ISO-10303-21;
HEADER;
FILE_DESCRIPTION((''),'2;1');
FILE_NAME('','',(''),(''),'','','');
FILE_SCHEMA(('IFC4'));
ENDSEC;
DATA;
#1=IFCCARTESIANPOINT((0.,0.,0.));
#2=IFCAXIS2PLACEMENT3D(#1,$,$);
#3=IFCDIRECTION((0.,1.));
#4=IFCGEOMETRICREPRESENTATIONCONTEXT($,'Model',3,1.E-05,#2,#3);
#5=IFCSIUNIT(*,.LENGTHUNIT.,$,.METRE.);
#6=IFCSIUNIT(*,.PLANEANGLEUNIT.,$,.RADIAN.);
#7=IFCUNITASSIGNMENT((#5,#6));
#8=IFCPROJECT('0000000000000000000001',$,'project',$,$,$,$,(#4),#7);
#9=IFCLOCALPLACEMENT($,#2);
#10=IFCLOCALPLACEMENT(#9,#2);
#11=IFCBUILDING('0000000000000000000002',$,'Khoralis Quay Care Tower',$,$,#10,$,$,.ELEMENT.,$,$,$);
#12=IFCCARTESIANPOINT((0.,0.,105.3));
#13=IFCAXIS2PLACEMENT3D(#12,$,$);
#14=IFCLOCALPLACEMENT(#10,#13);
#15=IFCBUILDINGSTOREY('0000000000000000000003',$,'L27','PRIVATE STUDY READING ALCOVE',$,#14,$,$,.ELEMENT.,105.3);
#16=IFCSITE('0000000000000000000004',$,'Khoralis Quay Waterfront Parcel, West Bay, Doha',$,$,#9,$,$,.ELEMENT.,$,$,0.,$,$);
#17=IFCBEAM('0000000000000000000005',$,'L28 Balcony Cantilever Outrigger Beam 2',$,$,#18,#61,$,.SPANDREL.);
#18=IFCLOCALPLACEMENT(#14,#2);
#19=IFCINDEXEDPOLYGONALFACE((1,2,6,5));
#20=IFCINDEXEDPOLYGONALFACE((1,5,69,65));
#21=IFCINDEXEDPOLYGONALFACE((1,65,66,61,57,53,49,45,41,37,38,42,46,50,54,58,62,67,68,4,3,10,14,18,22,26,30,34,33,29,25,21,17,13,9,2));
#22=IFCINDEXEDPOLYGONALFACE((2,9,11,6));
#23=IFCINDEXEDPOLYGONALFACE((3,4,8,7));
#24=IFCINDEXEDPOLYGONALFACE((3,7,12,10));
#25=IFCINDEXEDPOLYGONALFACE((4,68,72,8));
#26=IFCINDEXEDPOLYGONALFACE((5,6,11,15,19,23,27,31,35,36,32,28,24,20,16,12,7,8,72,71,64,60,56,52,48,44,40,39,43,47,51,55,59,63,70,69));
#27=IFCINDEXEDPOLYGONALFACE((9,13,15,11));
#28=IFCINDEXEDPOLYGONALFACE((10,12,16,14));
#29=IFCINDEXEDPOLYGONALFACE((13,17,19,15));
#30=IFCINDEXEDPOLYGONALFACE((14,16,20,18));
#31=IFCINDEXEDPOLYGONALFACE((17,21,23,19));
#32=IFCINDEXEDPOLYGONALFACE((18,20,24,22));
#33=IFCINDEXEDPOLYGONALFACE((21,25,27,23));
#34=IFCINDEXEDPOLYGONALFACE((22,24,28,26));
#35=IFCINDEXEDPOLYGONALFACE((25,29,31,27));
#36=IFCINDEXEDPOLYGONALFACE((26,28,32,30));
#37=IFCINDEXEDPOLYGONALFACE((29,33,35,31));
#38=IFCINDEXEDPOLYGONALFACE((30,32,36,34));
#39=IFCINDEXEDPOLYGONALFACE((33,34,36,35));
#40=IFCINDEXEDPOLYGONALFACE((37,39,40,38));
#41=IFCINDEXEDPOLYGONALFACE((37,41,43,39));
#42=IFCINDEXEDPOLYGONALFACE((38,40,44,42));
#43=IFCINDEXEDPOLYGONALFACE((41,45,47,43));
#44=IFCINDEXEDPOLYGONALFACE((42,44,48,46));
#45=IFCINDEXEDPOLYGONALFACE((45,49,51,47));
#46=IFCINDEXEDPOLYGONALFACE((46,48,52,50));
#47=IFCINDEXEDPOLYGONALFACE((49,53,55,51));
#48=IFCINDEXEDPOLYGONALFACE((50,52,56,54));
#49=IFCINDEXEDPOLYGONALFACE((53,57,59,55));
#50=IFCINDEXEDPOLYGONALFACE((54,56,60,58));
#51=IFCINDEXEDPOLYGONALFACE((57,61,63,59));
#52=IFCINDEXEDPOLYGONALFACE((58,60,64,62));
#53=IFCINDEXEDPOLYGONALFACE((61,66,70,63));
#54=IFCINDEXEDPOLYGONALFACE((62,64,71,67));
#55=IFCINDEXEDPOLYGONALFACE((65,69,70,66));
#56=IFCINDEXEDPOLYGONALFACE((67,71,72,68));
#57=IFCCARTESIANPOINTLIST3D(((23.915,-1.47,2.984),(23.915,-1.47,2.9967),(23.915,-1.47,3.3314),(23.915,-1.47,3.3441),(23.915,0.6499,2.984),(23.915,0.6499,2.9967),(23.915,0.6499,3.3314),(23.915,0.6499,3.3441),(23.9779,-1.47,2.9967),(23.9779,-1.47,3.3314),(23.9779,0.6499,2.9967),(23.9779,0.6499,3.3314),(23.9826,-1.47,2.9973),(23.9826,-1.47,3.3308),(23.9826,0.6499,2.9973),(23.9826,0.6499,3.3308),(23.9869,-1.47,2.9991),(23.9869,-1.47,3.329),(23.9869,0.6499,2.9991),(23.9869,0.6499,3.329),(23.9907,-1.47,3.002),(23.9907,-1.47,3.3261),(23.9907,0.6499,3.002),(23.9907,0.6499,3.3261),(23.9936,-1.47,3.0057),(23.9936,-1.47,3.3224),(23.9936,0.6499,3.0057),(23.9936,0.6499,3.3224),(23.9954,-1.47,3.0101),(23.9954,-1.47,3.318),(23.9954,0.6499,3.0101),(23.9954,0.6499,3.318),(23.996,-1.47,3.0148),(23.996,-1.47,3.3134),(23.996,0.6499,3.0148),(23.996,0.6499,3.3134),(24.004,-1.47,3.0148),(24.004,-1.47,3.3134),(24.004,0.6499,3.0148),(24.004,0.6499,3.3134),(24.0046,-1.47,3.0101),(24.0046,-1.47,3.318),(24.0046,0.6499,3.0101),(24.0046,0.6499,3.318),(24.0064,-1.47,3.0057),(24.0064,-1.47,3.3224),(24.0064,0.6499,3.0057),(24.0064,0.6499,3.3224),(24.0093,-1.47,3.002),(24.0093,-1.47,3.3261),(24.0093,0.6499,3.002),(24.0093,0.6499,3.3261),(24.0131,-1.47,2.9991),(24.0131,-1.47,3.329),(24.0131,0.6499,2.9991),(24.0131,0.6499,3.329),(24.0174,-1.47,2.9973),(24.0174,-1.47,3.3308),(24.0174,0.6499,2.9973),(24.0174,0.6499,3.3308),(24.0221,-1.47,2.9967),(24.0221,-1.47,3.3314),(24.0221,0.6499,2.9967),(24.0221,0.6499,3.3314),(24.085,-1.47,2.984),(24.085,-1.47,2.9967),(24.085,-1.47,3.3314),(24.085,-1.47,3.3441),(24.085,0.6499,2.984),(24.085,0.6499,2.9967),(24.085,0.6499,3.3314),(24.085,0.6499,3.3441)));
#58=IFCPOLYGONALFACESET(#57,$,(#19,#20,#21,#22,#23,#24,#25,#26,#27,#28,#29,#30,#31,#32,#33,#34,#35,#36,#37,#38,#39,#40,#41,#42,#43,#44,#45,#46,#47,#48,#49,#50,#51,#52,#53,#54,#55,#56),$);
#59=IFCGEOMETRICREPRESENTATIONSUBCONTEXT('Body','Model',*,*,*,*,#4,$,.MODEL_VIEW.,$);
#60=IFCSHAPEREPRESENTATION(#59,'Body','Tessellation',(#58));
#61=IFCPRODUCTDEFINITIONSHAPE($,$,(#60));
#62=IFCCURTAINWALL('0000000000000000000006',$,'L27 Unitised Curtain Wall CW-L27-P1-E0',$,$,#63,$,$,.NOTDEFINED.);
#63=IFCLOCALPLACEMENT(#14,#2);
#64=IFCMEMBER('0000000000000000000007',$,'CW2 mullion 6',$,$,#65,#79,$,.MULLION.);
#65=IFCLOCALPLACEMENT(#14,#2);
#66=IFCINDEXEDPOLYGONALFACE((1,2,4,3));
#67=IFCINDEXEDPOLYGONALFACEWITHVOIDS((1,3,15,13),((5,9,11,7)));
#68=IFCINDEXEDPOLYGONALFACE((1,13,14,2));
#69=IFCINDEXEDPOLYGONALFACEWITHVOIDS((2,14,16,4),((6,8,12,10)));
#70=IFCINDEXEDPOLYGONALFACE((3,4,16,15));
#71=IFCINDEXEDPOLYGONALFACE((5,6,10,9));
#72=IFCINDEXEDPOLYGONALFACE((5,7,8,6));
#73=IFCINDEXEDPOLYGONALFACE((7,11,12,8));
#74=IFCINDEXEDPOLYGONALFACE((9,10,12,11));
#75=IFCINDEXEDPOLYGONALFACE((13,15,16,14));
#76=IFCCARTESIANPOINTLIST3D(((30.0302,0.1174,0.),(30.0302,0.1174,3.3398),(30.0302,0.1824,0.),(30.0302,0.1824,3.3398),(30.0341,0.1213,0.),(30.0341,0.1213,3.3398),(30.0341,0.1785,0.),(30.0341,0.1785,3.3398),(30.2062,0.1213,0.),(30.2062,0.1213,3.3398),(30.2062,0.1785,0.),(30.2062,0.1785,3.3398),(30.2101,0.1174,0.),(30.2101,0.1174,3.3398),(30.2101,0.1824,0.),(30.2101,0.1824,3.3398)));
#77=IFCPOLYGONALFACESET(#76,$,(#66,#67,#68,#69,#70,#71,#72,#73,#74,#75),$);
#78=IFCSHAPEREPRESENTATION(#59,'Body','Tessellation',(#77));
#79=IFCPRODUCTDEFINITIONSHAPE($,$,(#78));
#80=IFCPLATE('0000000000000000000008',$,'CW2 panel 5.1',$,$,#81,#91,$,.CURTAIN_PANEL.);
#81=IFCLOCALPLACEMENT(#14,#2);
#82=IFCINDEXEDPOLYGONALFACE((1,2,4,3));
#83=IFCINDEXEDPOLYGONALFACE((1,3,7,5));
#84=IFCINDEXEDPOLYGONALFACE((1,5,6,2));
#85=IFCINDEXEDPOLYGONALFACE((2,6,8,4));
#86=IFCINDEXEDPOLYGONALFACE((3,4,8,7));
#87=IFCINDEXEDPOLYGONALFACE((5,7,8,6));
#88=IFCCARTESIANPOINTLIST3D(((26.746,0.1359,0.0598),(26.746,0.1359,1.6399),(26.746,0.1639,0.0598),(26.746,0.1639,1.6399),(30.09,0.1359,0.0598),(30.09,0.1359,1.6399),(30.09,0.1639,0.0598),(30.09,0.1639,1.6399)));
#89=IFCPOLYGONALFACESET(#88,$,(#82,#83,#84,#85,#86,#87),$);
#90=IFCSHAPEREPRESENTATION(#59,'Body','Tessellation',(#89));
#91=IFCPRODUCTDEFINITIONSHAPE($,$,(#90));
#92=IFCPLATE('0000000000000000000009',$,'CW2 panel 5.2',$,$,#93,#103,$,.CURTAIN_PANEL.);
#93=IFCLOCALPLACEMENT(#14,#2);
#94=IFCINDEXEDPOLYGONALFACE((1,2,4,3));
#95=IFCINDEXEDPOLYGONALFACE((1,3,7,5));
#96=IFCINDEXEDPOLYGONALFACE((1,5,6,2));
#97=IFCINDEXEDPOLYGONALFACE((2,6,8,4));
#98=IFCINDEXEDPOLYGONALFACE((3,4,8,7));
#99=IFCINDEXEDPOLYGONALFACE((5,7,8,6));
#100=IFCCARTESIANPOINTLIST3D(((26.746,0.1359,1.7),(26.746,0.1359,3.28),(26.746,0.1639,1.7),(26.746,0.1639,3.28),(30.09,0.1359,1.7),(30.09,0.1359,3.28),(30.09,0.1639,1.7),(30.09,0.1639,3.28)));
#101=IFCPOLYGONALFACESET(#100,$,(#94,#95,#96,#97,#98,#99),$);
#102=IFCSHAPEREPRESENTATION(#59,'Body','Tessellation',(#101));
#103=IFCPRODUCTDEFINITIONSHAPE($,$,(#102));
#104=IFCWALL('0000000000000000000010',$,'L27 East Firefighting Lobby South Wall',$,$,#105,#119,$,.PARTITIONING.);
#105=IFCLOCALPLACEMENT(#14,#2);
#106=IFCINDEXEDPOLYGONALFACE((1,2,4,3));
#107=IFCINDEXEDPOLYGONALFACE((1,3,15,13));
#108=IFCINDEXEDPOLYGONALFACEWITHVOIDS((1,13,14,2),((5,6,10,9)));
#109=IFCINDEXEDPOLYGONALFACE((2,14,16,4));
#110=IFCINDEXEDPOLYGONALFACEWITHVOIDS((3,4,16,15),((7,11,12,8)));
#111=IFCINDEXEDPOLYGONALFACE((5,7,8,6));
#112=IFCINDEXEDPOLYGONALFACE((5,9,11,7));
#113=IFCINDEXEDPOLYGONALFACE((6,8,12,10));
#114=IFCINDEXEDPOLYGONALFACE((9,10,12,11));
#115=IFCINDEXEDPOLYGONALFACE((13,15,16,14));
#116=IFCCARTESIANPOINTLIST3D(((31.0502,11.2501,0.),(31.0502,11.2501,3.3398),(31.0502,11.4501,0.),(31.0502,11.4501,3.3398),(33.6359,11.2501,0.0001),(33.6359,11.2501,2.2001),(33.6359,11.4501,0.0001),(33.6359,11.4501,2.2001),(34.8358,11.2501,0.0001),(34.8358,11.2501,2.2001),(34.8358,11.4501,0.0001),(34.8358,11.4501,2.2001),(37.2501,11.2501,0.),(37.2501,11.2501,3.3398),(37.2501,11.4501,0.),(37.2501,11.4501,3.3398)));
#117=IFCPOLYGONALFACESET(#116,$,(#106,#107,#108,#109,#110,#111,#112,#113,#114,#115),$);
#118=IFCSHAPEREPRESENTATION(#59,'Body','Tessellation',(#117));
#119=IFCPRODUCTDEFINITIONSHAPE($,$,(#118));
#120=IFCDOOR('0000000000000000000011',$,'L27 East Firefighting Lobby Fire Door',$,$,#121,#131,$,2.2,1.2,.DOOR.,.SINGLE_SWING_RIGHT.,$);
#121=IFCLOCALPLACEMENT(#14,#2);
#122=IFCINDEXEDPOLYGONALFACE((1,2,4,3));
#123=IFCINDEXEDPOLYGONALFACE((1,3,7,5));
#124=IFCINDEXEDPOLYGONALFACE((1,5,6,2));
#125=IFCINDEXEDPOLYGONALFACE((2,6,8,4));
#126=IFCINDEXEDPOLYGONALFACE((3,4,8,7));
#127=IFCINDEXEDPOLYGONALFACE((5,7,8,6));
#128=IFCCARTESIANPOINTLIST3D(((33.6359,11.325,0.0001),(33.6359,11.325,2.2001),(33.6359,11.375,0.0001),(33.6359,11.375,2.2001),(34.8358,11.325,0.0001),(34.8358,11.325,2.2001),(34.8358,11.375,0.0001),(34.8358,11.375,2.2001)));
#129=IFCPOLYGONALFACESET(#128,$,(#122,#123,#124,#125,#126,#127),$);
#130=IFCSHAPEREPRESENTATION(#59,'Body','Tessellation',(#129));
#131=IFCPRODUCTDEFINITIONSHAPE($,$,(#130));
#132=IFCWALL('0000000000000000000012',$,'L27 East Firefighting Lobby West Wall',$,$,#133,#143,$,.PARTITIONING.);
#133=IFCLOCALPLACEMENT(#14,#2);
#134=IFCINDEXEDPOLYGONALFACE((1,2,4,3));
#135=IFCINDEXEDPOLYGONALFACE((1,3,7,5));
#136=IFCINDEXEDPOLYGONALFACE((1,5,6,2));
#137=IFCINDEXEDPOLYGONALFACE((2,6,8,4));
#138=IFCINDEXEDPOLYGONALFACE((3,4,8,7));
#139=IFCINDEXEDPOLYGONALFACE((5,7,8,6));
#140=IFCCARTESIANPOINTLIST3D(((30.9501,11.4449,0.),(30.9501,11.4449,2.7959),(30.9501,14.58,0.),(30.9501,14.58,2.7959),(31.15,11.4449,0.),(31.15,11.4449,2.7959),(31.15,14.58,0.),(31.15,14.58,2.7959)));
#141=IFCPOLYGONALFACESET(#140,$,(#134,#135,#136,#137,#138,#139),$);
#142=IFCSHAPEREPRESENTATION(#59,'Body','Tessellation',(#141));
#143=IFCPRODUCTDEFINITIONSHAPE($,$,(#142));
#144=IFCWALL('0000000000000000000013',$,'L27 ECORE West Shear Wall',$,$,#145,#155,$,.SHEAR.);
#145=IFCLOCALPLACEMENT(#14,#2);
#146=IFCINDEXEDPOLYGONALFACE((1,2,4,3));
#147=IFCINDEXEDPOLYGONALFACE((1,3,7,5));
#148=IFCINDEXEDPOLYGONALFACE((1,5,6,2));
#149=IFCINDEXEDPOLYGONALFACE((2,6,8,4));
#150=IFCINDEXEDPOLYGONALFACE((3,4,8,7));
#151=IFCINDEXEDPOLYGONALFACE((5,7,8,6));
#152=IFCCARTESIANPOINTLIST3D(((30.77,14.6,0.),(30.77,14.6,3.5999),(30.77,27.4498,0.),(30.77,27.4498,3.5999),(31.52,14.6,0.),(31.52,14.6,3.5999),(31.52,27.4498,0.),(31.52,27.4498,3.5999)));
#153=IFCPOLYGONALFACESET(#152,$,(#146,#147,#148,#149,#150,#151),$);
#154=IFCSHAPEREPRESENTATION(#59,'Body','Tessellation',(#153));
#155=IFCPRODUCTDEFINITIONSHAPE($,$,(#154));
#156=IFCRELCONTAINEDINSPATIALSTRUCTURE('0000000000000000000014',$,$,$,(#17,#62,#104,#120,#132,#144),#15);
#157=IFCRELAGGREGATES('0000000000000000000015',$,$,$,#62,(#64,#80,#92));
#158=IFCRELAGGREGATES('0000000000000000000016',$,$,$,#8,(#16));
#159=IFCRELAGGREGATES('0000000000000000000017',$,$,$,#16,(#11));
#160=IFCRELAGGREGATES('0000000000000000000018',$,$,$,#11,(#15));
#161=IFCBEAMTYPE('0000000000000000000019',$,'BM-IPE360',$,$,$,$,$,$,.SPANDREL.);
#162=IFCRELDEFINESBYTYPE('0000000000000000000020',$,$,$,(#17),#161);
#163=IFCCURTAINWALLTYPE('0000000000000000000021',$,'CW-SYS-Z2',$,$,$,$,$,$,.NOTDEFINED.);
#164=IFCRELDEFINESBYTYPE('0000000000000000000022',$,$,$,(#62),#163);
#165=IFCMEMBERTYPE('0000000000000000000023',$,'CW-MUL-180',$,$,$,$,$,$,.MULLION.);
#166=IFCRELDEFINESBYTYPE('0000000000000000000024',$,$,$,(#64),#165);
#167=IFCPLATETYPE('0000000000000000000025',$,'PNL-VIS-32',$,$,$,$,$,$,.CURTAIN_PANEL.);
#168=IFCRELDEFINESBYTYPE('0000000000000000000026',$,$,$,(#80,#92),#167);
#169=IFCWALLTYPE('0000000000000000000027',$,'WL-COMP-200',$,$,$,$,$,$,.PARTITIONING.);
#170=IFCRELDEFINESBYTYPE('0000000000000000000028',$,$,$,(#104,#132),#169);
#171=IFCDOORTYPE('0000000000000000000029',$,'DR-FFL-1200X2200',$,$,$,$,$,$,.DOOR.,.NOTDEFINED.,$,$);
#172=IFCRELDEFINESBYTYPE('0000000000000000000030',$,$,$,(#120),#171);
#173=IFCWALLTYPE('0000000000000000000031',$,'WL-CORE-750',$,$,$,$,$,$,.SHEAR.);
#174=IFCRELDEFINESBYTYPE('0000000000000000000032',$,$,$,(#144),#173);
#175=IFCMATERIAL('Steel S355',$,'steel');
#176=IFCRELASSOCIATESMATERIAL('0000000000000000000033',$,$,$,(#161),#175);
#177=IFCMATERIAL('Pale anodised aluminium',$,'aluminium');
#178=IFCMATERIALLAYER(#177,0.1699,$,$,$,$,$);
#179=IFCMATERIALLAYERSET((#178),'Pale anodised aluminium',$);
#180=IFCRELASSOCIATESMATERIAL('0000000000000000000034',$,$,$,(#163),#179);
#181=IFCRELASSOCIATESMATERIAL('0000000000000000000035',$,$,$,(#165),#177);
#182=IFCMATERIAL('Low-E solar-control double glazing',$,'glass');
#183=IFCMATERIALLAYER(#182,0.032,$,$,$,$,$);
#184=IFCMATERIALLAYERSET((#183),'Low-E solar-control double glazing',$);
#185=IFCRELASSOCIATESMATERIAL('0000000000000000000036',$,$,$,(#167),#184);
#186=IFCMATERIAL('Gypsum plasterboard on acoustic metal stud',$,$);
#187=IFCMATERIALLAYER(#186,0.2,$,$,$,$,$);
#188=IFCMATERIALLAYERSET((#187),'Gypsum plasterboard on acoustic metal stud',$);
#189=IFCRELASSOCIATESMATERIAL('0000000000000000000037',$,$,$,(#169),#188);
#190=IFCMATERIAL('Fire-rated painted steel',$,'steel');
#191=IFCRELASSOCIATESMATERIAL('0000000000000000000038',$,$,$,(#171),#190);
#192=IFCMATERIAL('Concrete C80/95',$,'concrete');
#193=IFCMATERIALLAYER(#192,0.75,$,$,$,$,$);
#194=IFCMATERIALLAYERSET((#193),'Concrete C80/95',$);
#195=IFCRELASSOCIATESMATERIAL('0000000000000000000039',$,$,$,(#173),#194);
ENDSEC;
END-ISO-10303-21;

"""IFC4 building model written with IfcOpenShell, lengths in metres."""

from ifc_helpers import new_model, si_unit, direction, frame, frame_2d, origin, origin_2d, place, context, subcontext, project, spatial, rectangle, hollow_rectangle, i_section, extrude, source, transform, mapped, material, layer, layer_set, material_profile, profile_set, type_object, element, fill, aggregate, save


model = new_model("IFC4")

# Units and contexts
model_context = context("Model", 3, precision=1e-05, world=origin(), true_north=direction((0.0, 1.0)))
body_context = subcontext(model_context, "Body", "Model", "MODEL_VIEW")
ifc_project = project(units=[si_unit("LENGTHUNIT", "METRE"), si_unit("PLANEANGLEUNIT", "RADIAN")], contexts=[model_context])

# Site, building, storey
site_placement = place(None, origin())
site = spatial("IfcSite", under=ifc_project, at=site_placement, Name="Khoralis Quay Waterfront Parcel, West Bay, Doha", CompositionType="ELEMENT", RefElevation=0.0)
building_placement = place(site_placement, origin())
building = spatial("IfcBuilding", under=site, at=building_placement, Name="Khoralis Quay Care Tower", CompositionType="ELEMENT")
storey_placement = place(building_placement, frame((0.0, 0.0, 105.3)))
storey = spatial("IfcBuildingStorey", under=building, at=storey_placement, Name="L27", Description="PRIVATE STUDY READING ALCOVE", CompositionType="ELEMENT", Elevation=105.3)

# Beam
ifc_material_1 = material(Name="Steel S355", Category="steel")
ifc_material_profile_1 = material_profile(ifc_material_1, i_section(OverallWidth=0.1699, OverallDepth=0.3601, WebThickness=0.0081, FlangeThickness=0.0127, FilletRadius=0.0181, at=origin_2d()), Name="Steel S355")
ifc_profile_set_1 = profile_set([ifc_material_profile_1], Name="Steel S355")
beam_type_1 = type_object("IfcBeamType", Name="BM-IPE360", PredefinedType="SPANDREL", material=ifc_profile_set_1)
shared_shape_1 = source(origin(), body_context, "Body", "SweptSolid", [
    extrude(i_section(OverallWidth=0.1699, OverallDepth=0.3601, WebThickness=0.0081, FlangeThickness=0.0127, FilletRadius=0.0181, at=origin_2d()), origin(), (0.0, 0.0, 1.0), 2.1199),
])
beam_1_placement = place(storey_placement, frame((24.0, 0.6499, 3.1641), z_axis=(0.0, -1.0, 0.0), x_axis=(1.0, 0.0, 0.0)))
element("IfcBeam", 1, at=beam_1_placement, inside=storey, type_object=beam_type_1, Name="L28 Balcony Cantilever Outrigger Beam 2", PredefinedType="SPANDREL", context=body_context, shape_type="MappedRepresentation", body=[
    mapped(shared_shape_1, transform((0.0, 0.0, 0.0), scale=1.0)),
])

# Curtain wall, member, plates
ifc_material_2 = material(Name="Pale anodised aluminium", Category="aluminium")
ifc_layer_1 = layer(ifc_material_2, 0.1699)
ifc_layer_set_1 = layer_set([ifc_layer_1], Name="Pale anodised aluminium")
curtain_wall_type = type_object("IfcCurtainWallType", Name="CW-SYS-Z2", PredefinedType="NOTDEFINED", material=ifc_layer_set_1)
curtain_wall_placement = place(storey_placement, origin())
curtain_wall = element("IfcCurtainWall", 2, at=curtain_wall_placement, inside=storey, type_object=curtain_wall_type, Name="L27 Unitised Curtain Wall CW-L27-P1-E0", PredefinedType="NOTDEFINED")
ifc_material_profile_2 = material_profile(ifc_material_2, hollow_rectangle(XDim=0.0649, YDim=0.1799, WallThickness=0.0039, at=origin_2d()), Name="Pale anodised aluminium")
ifc_profile_set_2 = profile_set([ifc_material_profile_2], Name="Pale anodised aluminium")
member_type = type_object("IfcMemberType", Name="CW-MUL-180", PredefinedType="MULLION", material=ifc_profile_set_2)
shared_shape_2 = source(origin(), body_context, "Body", "SweptSolid", [
    extrude(hollow_rectangle(XDim=0.0649, YDim=0.1799, WallThickness=0.0039, at=origin_2d()), origin(), (0.0, 0.0, 1.0), 3.3398),
])
member_placement = place(storey_placement, frame((30.1201, 0.1499, 0.0), z_axis=(0.0, 0.0, 1.0), x_axis=(0.0, 1.0, 0.0)))
member = element("IfcMember", 3, at=member_placement, type_object=member_type, Name="CW2 mullion 6", PredefinedType="MULLION", context=body_context, shape_type="MappedRepresentation", body=[
    mapped(shared_shape_2, transform((0.0, 0.0, 0.0), scale=1.0)),
])
ifc_material_3 = material(Name="Low-E solar-control double glazing", Category="glass")
ifc_layer_2 = layer(ifc_material_3, 0.032)
ifc_layer_set_2 = layer_set([ifc_layer_2], Name="Low-E solar-control double glazing")
plate_type = type_object("IfcPlateType", Name="PNL-VIS-32", PredefinedType="CURTAIN_PANEL", material=ifc_layer_set_2)
shared_shape_3 = source(origin(), body_context, "Body", "SweptSolid", [
    extrude(rectangle(XDim=3.344, YDim=0.0281, at=origin_2d()), origin(), (0.0, 0.0, 1.0), 1.5801),
])
plate_1_placement = place(storey_placement, frame((28.418, 0.1499, 0.0598), z_axis=(0.0, 0.0, 1.0), x_axis=(1.0, 0.0, 0.0)))
plate_1 = element("IfcPlate", 4, at=plate_1_placement, type_object=plate_type, Name="CW2 panel 5.1", PredefinedType="CURTAIN_PANEL", context=body_context, shape_type="MappedRepresentation", body=[
    mapped(shared_shape_3, transform((0.0, 0.0, 0.0), scale=1.0)),
])
plate_2_placement = place(storey_placement, frame((28.418, 0.1499, 1.7), z_axis=(0.0, 0.0, 1.0), x_axis=(1.0, 0.0, 0.0)))
plate_2 = element("IfcPlate", 5, at=plate_2_placement, type_object=plate_type, Name="CW2 panel 5.2", PredefinedType="CURTAIN_PANEL", context=body_context, shape_type="MappedRepresentation", body=[
    mapped(shared_shape_3, transform((0.0, 0.0, 0.0), scale=1.0)),
])
aggregate(curtain_wall, [member, plate_1, plate_2])

# Wall, opening, door
ifc_material_4 = material(Name="Gypsum plasterboard on acoustic metal stud")
ifc_layer_3 = layer(ifc_material_4, 0.2)
ifc_layer_set_3 = layer_set([ifc_layer_3], Name="Gypsum plasterboard on acoustic metal stud")
wall_type_1 = type_object("IfcWallType", Name="WL-COMP-200", PredefinedType="PARTITIONING", material=ifc_layer_set_3)
wall_1_placement = place(storey_placement, frame((31.05, 11.3501, 0.0), z_axis=(0.0, 0.0, 1.0), x_axis=(1.0, 0.0, 0.0)))
wall_1 = element("IfcWall", 6, at=wall_1_placement, inside=storey, type_object=wall_type_1, Name="L27 East Firefighting Lobby South Wall", PredefinedType="PARTITIONING", context=body_context, shape_type="SweptSolid", body=[
    extrude(rectangle(XDim=6.2, YDim=0.2, at=frame_2d((3.1001, 0.0))), origin(), (0.0, 0.0, 1.0), 3.3398),
])
opening_1_placement = place(wall_1_placement, frame((2.5857, 0.0, 0.0)))
opening_1 = element("IfcOpeningElement", 7, at=opening_1_placement, cuts=wall_1, PredefinedType="OPENING", context=body_context, shape_type="SweptSolid", body=[
    extrude(rectangle(XDim=1.2, YDim=2.2, at=frame_2d((0.6001, 1.1001))), frame((0.0, 0.1099, 0.0), z_axis=(0.0, -1.0, 0.0), x_axis=(1.0, 0.0, 0.0)), (0.0, 0.0, 1.0), 0.22),
])
ifc_material_5 = material(Name="Fire-rated painted steel", Category="steel")
door_type_1 = type_object("IfcDoorType", Name="DR-FFL-1200X2200", OperationType="NOTDEFINED", PredefinedType="DOOR", material=ifc_material_5)
shared_shape_4 = source(origin(), body_context, "Body", "SweptSolid", [
    extrude(rectangle(XDim=1.2, YDim=2.2, at=frame_2d((0.6001, 1.1001))), frame((0.0, 0.0249, 0.0), z_axis=(0.0, -1.0, 0.0), x_axis=(1.0, 0.0, 0.0)), (0.0, 0.0, 1.0), 0.05),
])
door_1_placement = place(opening_1_placement, origin())
door_1 = element("IfcDoor", 8, at=door_1_placement, inside=storey, type_object=door_type_1, Name="L27 East Firefighting Lobby Fire Door", OperationType="SINGLE_SWING_RIGHT", OverallHeight=2.2, OverallWidth=1.2, PredefinedType="DOOR", context=body_context, shape_type="MappedRepresentation", body=[
    mapped(shared_shape_4, transform((0.0, 0.0, 0.0), scale=1.0)),
])
fill(opening_1, door_1)

# Walls
wall_2_placement = place(storey_placement, frame((31.05, 11.4451, 0.0), z_axis=(0.0, 0.0, 1.0), x_axis=(0.0, 1.0, 0.0)))
element("IfcWall", 9, at=wall_2_placement, inside=storey, type_object=wall_type_1, Name="L27 East Firefighting Lobby West Wall", PredefinedType="PARTITIONING", context=body_context, shape_type="SweptSolid", body=[
    extrude(rectangle(XDim=3.135, YDim=0.2, at=frame_2d((1.5674, 0.0))), origin(), (0.0, 0.0, 1.0), 2.7959),
])
ifc_material_6 = material(Name="Concrete C80/95", Category="concrete")
ifc_layer_4 = layer(ifc_material_6, 0.75)
ifc_layer_set_4 = layer_set([ifc_layer_4], Name="Concrete C80/95")
wall_type_2 = type_object("IfcWallType", Name="WL-CORE-750", PredefinedType="SHEAR", material=ifc_layer_set_4)
wall_3_placement = place(storey_placement, frame((31.145, 14.6001, 0.0), z_axis=(0.0, 0.0, 1.0), x_axis=(0.0, 1.0, 0.0)))
element("IfcWall", 10, at=wall_3_placement, inside=storey, type_object=wall_type_2, Name="L27 ECORE West Shear Wall", PredefinedType="SHEAR", context=body_context, shape_type="SweptSolid", body=[
    extrude(rectangle(XDim=12.8499, YDim=0.75, at=frame_2d((6.4248, 0.0))), origin(), (0.0, 0.0, 1.0), 3.5999),
])

save(model, "model.ifc")
